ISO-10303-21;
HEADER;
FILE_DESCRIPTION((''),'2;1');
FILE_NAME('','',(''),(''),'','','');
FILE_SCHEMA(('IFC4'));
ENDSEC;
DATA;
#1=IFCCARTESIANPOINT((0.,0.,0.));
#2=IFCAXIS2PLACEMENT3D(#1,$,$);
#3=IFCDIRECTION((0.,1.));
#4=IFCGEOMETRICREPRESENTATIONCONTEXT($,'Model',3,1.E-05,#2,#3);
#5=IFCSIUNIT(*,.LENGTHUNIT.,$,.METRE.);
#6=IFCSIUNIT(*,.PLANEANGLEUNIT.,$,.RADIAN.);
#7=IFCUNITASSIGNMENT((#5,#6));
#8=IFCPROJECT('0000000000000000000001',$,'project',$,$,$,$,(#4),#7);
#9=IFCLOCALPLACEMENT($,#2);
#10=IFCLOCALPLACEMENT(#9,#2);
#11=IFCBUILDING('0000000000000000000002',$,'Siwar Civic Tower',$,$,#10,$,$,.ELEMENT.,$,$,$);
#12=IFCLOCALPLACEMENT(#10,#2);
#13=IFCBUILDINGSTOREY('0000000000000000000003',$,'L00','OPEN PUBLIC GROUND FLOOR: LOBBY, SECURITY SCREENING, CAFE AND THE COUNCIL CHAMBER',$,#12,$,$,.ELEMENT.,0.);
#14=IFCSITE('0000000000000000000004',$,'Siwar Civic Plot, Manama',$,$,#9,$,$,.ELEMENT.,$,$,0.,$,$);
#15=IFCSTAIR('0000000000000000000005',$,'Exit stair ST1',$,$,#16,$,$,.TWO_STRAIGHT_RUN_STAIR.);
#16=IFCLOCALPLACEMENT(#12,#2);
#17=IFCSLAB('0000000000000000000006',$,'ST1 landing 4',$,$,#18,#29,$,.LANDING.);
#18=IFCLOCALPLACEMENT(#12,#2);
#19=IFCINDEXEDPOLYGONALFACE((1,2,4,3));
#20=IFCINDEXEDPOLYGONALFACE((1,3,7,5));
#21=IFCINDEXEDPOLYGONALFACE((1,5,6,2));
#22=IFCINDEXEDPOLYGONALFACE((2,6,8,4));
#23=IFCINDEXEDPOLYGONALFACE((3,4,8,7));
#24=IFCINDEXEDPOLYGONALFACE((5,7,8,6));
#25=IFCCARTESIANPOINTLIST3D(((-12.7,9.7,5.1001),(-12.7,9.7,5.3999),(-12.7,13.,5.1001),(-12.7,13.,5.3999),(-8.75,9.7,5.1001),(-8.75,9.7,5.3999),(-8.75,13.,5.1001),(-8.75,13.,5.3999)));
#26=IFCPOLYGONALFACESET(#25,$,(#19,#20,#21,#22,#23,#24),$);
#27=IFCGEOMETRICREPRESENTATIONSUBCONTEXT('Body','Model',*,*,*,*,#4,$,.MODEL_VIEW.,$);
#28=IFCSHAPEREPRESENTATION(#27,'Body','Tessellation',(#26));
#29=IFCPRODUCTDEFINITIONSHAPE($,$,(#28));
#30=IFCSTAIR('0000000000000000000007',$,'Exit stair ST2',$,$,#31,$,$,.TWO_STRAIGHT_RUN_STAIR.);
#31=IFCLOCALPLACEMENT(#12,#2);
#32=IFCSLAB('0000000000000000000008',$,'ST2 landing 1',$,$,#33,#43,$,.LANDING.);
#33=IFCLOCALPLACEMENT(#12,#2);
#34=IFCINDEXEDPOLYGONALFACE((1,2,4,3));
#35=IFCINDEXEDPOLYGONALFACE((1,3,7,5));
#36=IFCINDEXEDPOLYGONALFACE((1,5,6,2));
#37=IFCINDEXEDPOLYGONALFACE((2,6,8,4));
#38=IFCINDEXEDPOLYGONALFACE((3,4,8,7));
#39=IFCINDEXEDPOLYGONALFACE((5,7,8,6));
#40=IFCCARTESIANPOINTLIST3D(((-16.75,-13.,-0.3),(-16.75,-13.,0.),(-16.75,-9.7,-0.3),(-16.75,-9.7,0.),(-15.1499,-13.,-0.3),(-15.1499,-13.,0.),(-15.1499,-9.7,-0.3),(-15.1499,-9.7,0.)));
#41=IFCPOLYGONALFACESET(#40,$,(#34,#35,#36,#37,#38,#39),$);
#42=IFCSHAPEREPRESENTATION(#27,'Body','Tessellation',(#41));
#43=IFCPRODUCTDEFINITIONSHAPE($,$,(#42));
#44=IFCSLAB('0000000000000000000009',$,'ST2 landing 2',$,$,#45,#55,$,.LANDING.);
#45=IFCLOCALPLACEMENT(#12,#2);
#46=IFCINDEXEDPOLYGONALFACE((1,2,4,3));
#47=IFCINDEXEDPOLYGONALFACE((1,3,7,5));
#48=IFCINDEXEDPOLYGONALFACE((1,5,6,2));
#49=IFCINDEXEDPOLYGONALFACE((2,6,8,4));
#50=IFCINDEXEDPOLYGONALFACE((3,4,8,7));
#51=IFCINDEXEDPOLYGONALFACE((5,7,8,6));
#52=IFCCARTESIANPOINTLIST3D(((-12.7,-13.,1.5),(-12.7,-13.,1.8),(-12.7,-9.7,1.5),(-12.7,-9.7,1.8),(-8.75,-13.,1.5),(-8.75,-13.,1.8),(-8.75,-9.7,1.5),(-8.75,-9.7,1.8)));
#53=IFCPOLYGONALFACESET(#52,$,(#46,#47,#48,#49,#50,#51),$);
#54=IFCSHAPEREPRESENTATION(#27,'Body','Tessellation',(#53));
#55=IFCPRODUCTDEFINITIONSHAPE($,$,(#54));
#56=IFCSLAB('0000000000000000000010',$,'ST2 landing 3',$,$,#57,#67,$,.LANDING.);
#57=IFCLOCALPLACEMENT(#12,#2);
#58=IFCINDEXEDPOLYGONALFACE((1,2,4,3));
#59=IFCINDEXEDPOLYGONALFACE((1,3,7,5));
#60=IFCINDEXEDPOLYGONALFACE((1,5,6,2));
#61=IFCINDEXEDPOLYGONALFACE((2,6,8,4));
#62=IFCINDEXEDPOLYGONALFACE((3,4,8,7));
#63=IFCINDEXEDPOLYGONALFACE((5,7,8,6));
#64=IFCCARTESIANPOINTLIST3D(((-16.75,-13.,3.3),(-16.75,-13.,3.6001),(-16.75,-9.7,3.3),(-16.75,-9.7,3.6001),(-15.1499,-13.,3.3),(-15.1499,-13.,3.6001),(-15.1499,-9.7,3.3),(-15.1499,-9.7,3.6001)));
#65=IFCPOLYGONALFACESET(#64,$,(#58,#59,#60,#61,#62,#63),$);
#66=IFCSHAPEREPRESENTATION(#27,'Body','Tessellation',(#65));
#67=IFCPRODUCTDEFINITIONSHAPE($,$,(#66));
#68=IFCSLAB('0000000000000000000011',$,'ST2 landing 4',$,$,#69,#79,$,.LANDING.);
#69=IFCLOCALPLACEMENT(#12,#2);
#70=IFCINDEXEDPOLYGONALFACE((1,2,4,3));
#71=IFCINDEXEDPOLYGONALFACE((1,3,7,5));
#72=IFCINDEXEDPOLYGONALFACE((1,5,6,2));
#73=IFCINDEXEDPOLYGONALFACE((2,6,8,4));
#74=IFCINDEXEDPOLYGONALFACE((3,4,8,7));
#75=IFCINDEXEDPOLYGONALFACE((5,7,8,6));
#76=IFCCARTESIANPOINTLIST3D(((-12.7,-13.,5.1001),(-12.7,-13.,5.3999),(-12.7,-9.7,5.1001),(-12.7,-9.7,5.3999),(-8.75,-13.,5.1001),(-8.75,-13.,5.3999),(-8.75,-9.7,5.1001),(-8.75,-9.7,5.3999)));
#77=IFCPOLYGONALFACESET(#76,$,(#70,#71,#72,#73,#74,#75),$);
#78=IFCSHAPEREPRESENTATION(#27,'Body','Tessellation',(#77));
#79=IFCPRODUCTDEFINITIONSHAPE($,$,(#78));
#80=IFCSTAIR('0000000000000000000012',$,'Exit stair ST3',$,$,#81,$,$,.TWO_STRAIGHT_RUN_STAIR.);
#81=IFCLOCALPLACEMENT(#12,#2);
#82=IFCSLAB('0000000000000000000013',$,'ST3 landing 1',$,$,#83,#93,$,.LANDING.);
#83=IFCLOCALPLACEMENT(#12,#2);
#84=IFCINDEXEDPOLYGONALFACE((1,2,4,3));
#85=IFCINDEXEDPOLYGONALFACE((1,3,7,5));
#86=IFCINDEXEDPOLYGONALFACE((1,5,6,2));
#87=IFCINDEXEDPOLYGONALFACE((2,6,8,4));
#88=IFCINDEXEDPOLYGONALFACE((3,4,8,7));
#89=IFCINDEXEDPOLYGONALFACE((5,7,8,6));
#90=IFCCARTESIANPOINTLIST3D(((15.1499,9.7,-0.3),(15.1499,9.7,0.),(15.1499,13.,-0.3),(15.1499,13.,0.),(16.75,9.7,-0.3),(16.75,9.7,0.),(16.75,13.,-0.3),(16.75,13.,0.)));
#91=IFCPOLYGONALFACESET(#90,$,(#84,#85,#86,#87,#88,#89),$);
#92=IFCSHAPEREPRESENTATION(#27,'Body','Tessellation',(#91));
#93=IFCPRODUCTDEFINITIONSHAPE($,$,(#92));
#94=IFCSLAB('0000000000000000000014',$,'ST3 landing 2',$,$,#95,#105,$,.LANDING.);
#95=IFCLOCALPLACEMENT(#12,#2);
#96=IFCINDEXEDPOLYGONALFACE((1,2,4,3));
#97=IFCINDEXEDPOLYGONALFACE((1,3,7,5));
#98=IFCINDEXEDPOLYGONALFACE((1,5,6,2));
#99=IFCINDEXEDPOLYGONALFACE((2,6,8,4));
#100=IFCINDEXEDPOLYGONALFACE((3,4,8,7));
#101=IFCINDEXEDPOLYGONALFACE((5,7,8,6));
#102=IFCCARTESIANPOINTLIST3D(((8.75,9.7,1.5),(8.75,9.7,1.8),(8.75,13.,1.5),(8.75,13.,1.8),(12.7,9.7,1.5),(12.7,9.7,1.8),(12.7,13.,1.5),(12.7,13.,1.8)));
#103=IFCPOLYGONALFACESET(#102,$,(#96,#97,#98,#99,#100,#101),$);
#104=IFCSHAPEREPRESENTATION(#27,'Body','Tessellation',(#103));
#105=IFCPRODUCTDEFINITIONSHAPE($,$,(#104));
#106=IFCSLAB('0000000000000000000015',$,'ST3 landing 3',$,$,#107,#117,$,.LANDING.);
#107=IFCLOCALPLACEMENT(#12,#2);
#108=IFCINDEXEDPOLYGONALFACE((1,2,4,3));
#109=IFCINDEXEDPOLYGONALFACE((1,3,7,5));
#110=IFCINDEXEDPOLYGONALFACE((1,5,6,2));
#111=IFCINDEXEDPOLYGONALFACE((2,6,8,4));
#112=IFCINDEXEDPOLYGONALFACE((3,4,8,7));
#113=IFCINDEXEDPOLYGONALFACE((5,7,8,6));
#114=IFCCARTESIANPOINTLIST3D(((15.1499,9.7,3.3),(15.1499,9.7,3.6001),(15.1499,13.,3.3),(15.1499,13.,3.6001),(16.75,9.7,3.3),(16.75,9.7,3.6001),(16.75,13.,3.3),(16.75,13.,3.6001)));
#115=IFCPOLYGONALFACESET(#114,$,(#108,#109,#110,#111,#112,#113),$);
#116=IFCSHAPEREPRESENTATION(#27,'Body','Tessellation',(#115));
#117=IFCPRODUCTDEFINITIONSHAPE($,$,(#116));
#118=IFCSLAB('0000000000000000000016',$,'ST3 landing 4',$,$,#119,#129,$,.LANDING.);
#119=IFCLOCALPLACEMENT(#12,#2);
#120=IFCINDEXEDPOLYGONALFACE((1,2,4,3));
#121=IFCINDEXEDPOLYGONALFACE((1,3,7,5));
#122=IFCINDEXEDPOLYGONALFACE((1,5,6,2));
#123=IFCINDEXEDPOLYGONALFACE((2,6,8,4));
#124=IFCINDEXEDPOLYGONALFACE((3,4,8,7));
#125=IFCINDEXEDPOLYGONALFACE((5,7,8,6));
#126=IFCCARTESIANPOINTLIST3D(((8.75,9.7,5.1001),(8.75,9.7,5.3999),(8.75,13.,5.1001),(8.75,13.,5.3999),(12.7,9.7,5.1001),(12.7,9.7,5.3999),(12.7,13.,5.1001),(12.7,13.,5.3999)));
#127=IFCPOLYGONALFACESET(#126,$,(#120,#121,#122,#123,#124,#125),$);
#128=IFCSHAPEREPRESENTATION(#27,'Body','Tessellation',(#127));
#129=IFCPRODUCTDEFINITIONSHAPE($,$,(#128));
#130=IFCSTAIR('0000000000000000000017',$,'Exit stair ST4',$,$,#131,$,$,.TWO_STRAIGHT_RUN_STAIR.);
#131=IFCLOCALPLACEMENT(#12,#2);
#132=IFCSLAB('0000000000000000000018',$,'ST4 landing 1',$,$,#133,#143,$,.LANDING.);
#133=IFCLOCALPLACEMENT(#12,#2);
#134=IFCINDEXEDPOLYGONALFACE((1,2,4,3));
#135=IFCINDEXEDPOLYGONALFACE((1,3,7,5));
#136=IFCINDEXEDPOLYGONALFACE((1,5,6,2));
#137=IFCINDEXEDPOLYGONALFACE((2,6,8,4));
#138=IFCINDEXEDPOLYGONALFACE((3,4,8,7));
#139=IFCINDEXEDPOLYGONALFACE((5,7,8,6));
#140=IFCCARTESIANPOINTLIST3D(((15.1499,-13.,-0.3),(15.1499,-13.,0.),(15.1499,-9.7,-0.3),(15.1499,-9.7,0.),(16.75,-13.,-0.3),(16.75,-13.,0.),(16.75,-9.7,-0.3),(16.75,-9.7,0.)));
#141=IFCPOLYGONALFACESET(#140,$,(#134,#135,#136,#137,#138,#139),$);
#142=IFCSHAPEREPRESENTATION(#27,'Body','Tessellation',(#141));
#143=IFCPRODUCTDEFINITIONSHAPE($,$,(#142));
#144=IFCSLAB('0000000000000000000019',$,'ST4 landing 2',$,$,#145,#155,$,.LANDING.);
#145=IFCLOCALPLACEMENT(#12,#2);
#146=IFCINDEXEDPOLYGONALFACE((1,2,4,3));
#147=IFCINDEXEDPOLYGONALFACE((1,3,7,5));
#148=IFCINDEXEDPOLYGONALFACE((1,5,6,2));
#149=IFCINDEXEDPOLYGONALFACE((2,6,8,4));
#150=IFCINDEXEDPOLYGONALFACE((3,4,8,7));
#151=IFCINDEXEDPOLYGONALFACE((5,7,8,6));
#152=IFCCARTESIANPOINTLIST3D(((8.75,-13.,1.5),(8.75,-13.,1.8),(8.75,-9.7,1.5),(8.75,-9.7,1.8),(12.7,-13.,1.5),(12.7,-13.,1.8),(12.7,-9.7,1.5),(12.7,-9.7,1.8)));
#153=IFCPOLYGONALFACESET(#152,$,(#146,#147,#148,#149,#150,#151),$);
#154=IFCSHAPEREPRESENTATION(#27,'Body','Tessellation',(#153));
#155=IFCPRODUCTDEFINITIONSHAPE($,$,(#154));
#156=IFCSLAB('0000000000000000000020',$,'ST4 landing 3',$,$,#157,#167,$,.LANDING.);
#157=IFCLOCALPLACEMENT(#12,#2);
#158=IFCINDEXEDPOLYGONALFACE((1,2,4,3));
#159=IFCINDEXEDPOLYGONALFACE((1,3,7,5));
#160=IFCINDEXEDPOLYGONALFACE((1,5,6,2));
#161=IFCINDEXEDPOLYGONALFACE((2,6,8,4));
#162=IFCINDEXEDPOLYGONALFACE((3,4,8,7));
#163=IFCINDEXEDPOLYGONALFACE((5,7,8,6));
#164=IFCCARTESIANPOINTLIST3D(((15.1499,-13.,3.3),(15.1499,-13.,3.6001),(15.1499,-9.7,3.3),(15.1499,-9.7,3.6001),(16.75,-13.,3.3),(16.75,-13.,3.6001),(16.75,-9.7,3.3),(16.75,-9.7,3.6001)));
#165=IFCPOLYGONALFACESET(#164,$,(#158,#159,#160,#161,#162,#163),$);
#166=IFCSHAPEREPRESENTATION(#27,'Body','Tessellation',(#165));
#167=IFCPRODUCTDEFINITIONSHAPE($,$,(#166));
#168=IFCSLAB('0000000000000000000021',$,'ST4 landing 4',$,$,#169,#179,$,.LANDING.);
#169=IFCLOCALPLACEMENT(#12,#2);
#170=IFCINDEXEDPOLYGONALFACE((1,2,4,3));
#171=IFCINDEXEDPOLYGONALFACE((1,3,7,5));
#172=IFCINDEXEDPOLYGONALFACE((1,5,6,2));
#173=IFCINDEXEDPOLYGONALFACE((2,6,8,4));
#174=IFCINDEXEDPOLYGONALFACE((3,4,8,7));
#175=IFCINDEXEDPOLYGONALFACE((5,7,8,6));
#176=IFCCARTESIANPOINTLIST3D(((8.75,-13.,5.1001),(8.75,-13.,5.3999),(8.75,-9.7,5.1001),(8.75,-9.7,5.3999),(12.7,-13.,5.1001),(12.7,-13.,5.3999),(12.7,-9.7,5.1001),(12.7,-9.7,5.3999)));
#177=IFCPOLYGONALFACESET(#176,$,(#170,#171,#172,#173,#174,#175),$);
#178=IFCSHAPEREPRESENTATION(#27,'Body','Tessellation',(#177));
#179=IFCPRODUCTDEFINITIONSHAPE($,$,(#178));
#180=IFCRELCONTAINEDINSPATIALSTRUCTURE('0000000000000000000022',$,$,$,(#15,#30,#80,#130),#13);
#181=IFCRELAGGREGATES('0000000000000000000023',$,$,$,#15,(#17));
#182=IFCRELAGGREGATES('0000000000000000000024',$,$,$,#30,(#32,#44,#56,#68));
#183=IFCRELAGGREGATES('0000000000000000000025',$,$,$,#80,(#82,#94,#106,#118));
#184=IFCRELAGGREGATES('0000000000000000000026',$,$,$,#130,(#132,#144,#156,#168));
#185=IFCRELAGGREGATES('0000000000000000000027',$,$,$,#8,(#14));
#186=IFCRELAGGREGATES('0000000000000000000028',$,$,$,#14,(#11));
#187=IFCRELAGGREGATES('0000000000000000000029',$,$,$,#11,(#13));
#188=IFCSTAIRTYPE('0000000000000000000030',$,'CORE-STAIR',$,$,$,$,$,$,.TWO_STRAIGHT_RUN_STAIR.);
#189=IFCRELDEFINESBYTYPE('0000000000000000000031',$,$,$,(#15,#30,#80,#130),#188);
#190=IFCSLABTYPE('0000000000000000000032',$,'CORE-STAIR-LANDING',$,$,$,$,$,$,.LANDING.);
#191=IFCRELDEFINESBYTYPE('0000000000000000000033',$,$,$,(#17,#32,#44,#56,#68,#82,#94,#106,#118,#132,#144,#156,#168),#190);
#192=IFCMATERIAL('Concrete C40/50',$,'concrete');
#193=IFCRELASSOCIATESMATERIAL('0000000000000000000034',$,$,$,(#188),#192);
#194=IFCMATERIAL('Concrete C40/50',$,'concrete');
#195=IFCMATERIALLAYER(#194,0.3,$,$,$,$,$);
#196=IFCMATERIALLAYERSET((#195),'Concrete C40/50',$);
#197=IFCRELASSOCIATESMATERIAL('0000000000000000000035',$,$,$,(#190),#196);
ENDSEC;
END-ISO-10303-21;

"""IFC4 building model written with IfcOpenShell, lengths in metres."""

from ifc_helpers import new_model, si_unit, direction, frame, origin, place, context, subcontext, project, spatial, polyline, outline, extrude, material, layer, layer_set, type_object, element, aggregate, save


model = new_model("IFC4")

# Units and contexts
model_context = context("Model", 3, precision=1e-05, world=origin(), true_north=direction((0.0, 1.0)))
body_context = subcontext(model_context, "Body", "Model", "MODEL_VIEW")
ifc_project = project(units=[si_unit("LENGTHUNIT", "METRE"), si_unit("PLANEANGLEUNIT", "RADIAN")], contexts=[model_context])

# Site, building, storey
site_placement = place(None, origin())
site = spatial("IfcSite", under=ifc_project, at=site_placement, Name="Siwar Civic Plot, Manama", CompositionType="ELEMENT", RefElevation=0.0)
building_placement = place(site_placement, origin())
building = spatial("IfcBuilding", under=site, at=building_placement, Name="Siwar Civic Tower", CompositionType="ELEMENT")
storey_placement = place(building_placement, origin())
storey = spatial("IfcBuildingStorey", under=building, at=storey_placement, Name="L00", Description="OPEN PUBLIC GROUND FLOOR: LOBBY, SECURITY SCREENING, CAFE AND THE COUNCIL CHAMBER", CompositionType="ELEMENT", Elevation=0.0)

# Stairs, slabs
ifc_material_1 = material(Name="Concrete C40/50", Category="concrete")
stair_type = type_object("IfcStairType", Name="CORE-STAIR", PredefinedType="TWO_STRAIGHT_RUN_STAIR", material=ifc_material_1)
stair_1_placement = place(storey_placement, origin())
stair_1 = element("IfcStair", 1, at=stair_1_placement, inside=storey, type_object=stair_type, Name="Exit stair ST1", PredefinedType="TWO_STRAIGHT_RUN_STAIR")
ifc_material_2 = material(Name="Concrete C40/50", Category="concrete")
ifc_layer_1 = layer(ifc_material_2, 0.3)
ifc_layer_set_1 = layer_set([ifc_layer_1], Name="Concrete C40/50")
slab_type_1 = type_object("IfcSlabType", Name="CORE-STAIR-LANDING", PredefinedType="LANDING", material=ifc_layer_set_1)
slab_1_placement = place(storey_placement, frame((0.0, 0.0, 5.1001)))
slab_1 = element("IfcSlab", 2, at=slab_1_placement, type_object=slab_type_1, Name="ST1 landing 4", PredefinedType="LANDING", context=body_context, shape_type="SweptSolid", body=[
    extrude(outline(polyline([(-8.75, 13.0), (-12.7, 13.0), (-12.7, 9.7), (-8.75, 9.7), (-8.75, 13.0)])), origin(), (0.0, 0.0, 1.0), 0.2998),
])
aggregate(stair_1, [slab_1])
stair_2_placement = place(storey_placement, origin())
stair_2 = element("IfcStair", 3, at=stair_2_placement, inside=storey, type_object=stair_type, Name="Exit stair ST2", PredefinedType="TWO_STRAIGHT_RUN_STAIR")
slab_2_placement = place(storey_placement, frame((0.0, 0.0, -0.3)))
slab_2 = element("IfcSlab", 4, at=slab_2_placement, type_object=slab_type_1, Name="ST2 landing 1", PredefinedType="LANDING", context=body_context, shape_type="SweptSolid", body=[
    extrude(outline(polyline([(-15.1499, -9.7), (-16.75, -9.7), (-16.75, -13.0), (-15.1499, -13.0), (-15.1499, -9.7)])), origin(), (0.0, 0.0, 1.0), 0.3),
])
slab_3_placement = place(storey_placement, frame((0.0, 0.0, 1.5)))
slab_3 = element("IfcSlab", 5, at=slab_3_placement, type_object=slab_type_1, Name="ST2 landing 2", PredefinedType="LANDING", context=body_context, shape_type="SweptSolid", body=[
    extrude(outline(polyline([(-8.75, -9.7), (-12.7, -9.7), (-12.7, -13.0), (-8.75, -13.0), (-8.75, -9.7)])), origin(), (0.0, 0.0, 1.0), 0.3),
])
slab_4_placement = place(storey_placement, frame((0.0, 0.0, 3.3)))
slab_4 = element("IfcSlab", 6, at=slab_4_placement, type_object=slab_type_1, Name="ST2 landing 3", PredefinedType="LANDING", context=body_context, shape_type="SweptSolid", body=[
    extrude(outline(polyline([(-15.1499, -9.7), (-16.75, -9.7), (-16.75, -13.0), (-15.1499, -13.0), (-15.1499, -9.7)])), origin(), (0.0, 0.0, 1.0), 0.3),
])
slab_5_placement = place(storey_placement, frame((0.0, 0.0, 5.1001)))
slab_5 = element("IfcSlab", 7, at=slab_5_placement, type_object=slab_type_1, Name="ST2 landing 4", PredefinedType="LANDING", context=body_context, shape_type="SweptSolid", body=[
    extrude(outline(polyline([(-8.75, -9.7), (-12.7, -9.7), (-12.7, -13.0), (-8.75, -13.0), (-8.75, -9.7)])), origin(), (0.0, 0.0, 1.0), 0.2998),
])
aggregate(stair_2, [slab_2, slab_3, slab_4, slab_5])
stair_3_placement = place(storey_placement, origin())
stair_3 = element("IfcStair", 8, at=stair_3_placement, inside=storey, type_object=stair_type, Name="Exit stair ST3", PredefinedType="TWO_STRAIGHT_RUN_STAIR")
slab_6_placement = place(storey_placement, frame((0.0, 0.0, -0.3)))
slab_6 = element("IfcSlab", 9, at=slab_6_placement, type_object=slab_type_1, Name="ST3 landing 1", PredefinedType="LANDING", context=body_context, shape_type="SweptSolid", body=[
    extrude(outline(polyline([(15.1499, 9.7), (16.75, 9.7), (16.75, 13.0), (15.1499, 13.0), (15.1499, 9.7)])), origin(), (0.0, 0.0, 1.0), 0.3),
])
slab_7_placement = place(storey_placement, frame((0.0, 0.0, 1.5)))
slab_7 = element("IfcSlab", 10, at=slab_7_placement, type_object=slab_type_1, Name="ST3 landing 2", PredefinedType="LANDING", context=body_context, shape_type="SweptSolid", body=[
    extrude(outline(polyline([(8.75, 9.7), (12.7, 9.7), (12.7, 13.0), (8.75, 13.0), (8.75, 9.7)])), origin(), (0.0, 0.0, 1.0), 0.3),
])
slab_8_placement = place(storey_placement, frame((0.0, 0.0, 3.3)))
slab_8 = element("IfcSlab", 11, at=slab_8_placement, type_object=slab_type_1, Name="ST3 landing 3", PredefinedType="LANDING", context=body_context, shape_type="SweptSolid", body=[
    extrude(outline(polyline([(15.1499, 9.7), (16.75, 9.7), (16.75, 13.0), (15.1499, 13.0), (15.1499, 9.7)])), origin(), (0.0, 0.0, 1.0), 0.3),
])
slab_9_placement = place(storey_placement, frame((0.0, 0.0, 5.1001)))
slab_9 = element("IfcSlab", 12, at=slab_9_placement, type_object=slab_type_1, Name="ST3 landing 4", PredefinedType="LANDING", context=body_context, shape_type="SweptSolid", body=[
    extrude(outline(polyline([(8.75, 9.7), (12.7, 9.7), (12.7, 13.0), (8.75, 13.0), (8.75, 9.7)])), origin(), (0.0, 0.0, 1.0), 0.2998),
])
aggregate(stair_3, [slab_6, slab_7, slab_8, slab_9])
stair_4_placement = place(storey_placement, origin())
stair_4 = element("IfcStair", 13, at=stair_4_placement, inside=storey, type_object=stair_type, Name="Exit stair ST4", PredefinedType="TWO_STRAIGHT_RUN_STAIR")
slab_10_placement = place(storey_placement, frame((0.0, 0.0, -0.3)))
slab_10 = element("IfcSlab", 14, at=slab_10_placement, type_object=slab_type_1, Name="ST4 landing 1", PredefinedType="LANDING", context=body_context, shape_type="SweptSolid", body=[
    extrude(outline(polyline([(15.1499, -13.0), (16.75, -13.0), (16.75, -9.7), (15.1499, -9.7), (15.1499, -13.0)])), origin(), (0.0, 0.0, 1.0), 0.3),
])
slab_11_placement = place(storey_placement, frame((0.0, 0.0, 1.5)))
slab_11 = element("IfcSlab", 15, at=slab_11_placement, type_object=slab_type_1, Name="ST4 landing 2", PredefinedType="LANDING", context=body_context, shape_type="SweptSolid", body=[
    extrude(outline(polyline([(8.75, -13.0), (12.7, -13.0), (12.7, -9.7), (8.75, -9.7), (8.75, -13.0)])), origin(), (0.0, 0.0, 1.0), 0.3),
])
slab_12_placement = place(storey_placement, frame((0.0, 0.0, 3.3)))
slab_12 = element("IfcSlab", 16, at=slab_12_placement, type_object=slab_type_1, Name="ST4 landing 3", PredefinedType="LANDING", context=body_context, shape_type="SweptSolid", body=[
    extrude(outline(polyline([(15.1499, -13.0), (16.75, -13.0), (16.75, -9.7), (15.1499, -9.7), (15.1499, -13.0)])), origin(), (0.0, 0.0, 1.0), 0.3),
])
slab_13_placement = place(storey_placement, frame((0.0, 0.0, 5.1001)))
slab_13 = element("IfcSlab", 17, at=slab_13_placement, type_object=slab_type_1, Name="ST4 landing 4", PredefinedType="LANDING", context=body_context, shape_type="SweptSolid", body=[
    extrude(outline(polyline([(8.75, -13.0), (12.7, -13.0), (12.7, -9.7), (8.75, -9.7), (8.75, -13.0)])), origin(), (0.0, 0.0, 1.0), 0.2998),
])
aggregate(stair_4, [slab_10, slab_11, slab_12, slab_13])

save(model, "model.ifc")
